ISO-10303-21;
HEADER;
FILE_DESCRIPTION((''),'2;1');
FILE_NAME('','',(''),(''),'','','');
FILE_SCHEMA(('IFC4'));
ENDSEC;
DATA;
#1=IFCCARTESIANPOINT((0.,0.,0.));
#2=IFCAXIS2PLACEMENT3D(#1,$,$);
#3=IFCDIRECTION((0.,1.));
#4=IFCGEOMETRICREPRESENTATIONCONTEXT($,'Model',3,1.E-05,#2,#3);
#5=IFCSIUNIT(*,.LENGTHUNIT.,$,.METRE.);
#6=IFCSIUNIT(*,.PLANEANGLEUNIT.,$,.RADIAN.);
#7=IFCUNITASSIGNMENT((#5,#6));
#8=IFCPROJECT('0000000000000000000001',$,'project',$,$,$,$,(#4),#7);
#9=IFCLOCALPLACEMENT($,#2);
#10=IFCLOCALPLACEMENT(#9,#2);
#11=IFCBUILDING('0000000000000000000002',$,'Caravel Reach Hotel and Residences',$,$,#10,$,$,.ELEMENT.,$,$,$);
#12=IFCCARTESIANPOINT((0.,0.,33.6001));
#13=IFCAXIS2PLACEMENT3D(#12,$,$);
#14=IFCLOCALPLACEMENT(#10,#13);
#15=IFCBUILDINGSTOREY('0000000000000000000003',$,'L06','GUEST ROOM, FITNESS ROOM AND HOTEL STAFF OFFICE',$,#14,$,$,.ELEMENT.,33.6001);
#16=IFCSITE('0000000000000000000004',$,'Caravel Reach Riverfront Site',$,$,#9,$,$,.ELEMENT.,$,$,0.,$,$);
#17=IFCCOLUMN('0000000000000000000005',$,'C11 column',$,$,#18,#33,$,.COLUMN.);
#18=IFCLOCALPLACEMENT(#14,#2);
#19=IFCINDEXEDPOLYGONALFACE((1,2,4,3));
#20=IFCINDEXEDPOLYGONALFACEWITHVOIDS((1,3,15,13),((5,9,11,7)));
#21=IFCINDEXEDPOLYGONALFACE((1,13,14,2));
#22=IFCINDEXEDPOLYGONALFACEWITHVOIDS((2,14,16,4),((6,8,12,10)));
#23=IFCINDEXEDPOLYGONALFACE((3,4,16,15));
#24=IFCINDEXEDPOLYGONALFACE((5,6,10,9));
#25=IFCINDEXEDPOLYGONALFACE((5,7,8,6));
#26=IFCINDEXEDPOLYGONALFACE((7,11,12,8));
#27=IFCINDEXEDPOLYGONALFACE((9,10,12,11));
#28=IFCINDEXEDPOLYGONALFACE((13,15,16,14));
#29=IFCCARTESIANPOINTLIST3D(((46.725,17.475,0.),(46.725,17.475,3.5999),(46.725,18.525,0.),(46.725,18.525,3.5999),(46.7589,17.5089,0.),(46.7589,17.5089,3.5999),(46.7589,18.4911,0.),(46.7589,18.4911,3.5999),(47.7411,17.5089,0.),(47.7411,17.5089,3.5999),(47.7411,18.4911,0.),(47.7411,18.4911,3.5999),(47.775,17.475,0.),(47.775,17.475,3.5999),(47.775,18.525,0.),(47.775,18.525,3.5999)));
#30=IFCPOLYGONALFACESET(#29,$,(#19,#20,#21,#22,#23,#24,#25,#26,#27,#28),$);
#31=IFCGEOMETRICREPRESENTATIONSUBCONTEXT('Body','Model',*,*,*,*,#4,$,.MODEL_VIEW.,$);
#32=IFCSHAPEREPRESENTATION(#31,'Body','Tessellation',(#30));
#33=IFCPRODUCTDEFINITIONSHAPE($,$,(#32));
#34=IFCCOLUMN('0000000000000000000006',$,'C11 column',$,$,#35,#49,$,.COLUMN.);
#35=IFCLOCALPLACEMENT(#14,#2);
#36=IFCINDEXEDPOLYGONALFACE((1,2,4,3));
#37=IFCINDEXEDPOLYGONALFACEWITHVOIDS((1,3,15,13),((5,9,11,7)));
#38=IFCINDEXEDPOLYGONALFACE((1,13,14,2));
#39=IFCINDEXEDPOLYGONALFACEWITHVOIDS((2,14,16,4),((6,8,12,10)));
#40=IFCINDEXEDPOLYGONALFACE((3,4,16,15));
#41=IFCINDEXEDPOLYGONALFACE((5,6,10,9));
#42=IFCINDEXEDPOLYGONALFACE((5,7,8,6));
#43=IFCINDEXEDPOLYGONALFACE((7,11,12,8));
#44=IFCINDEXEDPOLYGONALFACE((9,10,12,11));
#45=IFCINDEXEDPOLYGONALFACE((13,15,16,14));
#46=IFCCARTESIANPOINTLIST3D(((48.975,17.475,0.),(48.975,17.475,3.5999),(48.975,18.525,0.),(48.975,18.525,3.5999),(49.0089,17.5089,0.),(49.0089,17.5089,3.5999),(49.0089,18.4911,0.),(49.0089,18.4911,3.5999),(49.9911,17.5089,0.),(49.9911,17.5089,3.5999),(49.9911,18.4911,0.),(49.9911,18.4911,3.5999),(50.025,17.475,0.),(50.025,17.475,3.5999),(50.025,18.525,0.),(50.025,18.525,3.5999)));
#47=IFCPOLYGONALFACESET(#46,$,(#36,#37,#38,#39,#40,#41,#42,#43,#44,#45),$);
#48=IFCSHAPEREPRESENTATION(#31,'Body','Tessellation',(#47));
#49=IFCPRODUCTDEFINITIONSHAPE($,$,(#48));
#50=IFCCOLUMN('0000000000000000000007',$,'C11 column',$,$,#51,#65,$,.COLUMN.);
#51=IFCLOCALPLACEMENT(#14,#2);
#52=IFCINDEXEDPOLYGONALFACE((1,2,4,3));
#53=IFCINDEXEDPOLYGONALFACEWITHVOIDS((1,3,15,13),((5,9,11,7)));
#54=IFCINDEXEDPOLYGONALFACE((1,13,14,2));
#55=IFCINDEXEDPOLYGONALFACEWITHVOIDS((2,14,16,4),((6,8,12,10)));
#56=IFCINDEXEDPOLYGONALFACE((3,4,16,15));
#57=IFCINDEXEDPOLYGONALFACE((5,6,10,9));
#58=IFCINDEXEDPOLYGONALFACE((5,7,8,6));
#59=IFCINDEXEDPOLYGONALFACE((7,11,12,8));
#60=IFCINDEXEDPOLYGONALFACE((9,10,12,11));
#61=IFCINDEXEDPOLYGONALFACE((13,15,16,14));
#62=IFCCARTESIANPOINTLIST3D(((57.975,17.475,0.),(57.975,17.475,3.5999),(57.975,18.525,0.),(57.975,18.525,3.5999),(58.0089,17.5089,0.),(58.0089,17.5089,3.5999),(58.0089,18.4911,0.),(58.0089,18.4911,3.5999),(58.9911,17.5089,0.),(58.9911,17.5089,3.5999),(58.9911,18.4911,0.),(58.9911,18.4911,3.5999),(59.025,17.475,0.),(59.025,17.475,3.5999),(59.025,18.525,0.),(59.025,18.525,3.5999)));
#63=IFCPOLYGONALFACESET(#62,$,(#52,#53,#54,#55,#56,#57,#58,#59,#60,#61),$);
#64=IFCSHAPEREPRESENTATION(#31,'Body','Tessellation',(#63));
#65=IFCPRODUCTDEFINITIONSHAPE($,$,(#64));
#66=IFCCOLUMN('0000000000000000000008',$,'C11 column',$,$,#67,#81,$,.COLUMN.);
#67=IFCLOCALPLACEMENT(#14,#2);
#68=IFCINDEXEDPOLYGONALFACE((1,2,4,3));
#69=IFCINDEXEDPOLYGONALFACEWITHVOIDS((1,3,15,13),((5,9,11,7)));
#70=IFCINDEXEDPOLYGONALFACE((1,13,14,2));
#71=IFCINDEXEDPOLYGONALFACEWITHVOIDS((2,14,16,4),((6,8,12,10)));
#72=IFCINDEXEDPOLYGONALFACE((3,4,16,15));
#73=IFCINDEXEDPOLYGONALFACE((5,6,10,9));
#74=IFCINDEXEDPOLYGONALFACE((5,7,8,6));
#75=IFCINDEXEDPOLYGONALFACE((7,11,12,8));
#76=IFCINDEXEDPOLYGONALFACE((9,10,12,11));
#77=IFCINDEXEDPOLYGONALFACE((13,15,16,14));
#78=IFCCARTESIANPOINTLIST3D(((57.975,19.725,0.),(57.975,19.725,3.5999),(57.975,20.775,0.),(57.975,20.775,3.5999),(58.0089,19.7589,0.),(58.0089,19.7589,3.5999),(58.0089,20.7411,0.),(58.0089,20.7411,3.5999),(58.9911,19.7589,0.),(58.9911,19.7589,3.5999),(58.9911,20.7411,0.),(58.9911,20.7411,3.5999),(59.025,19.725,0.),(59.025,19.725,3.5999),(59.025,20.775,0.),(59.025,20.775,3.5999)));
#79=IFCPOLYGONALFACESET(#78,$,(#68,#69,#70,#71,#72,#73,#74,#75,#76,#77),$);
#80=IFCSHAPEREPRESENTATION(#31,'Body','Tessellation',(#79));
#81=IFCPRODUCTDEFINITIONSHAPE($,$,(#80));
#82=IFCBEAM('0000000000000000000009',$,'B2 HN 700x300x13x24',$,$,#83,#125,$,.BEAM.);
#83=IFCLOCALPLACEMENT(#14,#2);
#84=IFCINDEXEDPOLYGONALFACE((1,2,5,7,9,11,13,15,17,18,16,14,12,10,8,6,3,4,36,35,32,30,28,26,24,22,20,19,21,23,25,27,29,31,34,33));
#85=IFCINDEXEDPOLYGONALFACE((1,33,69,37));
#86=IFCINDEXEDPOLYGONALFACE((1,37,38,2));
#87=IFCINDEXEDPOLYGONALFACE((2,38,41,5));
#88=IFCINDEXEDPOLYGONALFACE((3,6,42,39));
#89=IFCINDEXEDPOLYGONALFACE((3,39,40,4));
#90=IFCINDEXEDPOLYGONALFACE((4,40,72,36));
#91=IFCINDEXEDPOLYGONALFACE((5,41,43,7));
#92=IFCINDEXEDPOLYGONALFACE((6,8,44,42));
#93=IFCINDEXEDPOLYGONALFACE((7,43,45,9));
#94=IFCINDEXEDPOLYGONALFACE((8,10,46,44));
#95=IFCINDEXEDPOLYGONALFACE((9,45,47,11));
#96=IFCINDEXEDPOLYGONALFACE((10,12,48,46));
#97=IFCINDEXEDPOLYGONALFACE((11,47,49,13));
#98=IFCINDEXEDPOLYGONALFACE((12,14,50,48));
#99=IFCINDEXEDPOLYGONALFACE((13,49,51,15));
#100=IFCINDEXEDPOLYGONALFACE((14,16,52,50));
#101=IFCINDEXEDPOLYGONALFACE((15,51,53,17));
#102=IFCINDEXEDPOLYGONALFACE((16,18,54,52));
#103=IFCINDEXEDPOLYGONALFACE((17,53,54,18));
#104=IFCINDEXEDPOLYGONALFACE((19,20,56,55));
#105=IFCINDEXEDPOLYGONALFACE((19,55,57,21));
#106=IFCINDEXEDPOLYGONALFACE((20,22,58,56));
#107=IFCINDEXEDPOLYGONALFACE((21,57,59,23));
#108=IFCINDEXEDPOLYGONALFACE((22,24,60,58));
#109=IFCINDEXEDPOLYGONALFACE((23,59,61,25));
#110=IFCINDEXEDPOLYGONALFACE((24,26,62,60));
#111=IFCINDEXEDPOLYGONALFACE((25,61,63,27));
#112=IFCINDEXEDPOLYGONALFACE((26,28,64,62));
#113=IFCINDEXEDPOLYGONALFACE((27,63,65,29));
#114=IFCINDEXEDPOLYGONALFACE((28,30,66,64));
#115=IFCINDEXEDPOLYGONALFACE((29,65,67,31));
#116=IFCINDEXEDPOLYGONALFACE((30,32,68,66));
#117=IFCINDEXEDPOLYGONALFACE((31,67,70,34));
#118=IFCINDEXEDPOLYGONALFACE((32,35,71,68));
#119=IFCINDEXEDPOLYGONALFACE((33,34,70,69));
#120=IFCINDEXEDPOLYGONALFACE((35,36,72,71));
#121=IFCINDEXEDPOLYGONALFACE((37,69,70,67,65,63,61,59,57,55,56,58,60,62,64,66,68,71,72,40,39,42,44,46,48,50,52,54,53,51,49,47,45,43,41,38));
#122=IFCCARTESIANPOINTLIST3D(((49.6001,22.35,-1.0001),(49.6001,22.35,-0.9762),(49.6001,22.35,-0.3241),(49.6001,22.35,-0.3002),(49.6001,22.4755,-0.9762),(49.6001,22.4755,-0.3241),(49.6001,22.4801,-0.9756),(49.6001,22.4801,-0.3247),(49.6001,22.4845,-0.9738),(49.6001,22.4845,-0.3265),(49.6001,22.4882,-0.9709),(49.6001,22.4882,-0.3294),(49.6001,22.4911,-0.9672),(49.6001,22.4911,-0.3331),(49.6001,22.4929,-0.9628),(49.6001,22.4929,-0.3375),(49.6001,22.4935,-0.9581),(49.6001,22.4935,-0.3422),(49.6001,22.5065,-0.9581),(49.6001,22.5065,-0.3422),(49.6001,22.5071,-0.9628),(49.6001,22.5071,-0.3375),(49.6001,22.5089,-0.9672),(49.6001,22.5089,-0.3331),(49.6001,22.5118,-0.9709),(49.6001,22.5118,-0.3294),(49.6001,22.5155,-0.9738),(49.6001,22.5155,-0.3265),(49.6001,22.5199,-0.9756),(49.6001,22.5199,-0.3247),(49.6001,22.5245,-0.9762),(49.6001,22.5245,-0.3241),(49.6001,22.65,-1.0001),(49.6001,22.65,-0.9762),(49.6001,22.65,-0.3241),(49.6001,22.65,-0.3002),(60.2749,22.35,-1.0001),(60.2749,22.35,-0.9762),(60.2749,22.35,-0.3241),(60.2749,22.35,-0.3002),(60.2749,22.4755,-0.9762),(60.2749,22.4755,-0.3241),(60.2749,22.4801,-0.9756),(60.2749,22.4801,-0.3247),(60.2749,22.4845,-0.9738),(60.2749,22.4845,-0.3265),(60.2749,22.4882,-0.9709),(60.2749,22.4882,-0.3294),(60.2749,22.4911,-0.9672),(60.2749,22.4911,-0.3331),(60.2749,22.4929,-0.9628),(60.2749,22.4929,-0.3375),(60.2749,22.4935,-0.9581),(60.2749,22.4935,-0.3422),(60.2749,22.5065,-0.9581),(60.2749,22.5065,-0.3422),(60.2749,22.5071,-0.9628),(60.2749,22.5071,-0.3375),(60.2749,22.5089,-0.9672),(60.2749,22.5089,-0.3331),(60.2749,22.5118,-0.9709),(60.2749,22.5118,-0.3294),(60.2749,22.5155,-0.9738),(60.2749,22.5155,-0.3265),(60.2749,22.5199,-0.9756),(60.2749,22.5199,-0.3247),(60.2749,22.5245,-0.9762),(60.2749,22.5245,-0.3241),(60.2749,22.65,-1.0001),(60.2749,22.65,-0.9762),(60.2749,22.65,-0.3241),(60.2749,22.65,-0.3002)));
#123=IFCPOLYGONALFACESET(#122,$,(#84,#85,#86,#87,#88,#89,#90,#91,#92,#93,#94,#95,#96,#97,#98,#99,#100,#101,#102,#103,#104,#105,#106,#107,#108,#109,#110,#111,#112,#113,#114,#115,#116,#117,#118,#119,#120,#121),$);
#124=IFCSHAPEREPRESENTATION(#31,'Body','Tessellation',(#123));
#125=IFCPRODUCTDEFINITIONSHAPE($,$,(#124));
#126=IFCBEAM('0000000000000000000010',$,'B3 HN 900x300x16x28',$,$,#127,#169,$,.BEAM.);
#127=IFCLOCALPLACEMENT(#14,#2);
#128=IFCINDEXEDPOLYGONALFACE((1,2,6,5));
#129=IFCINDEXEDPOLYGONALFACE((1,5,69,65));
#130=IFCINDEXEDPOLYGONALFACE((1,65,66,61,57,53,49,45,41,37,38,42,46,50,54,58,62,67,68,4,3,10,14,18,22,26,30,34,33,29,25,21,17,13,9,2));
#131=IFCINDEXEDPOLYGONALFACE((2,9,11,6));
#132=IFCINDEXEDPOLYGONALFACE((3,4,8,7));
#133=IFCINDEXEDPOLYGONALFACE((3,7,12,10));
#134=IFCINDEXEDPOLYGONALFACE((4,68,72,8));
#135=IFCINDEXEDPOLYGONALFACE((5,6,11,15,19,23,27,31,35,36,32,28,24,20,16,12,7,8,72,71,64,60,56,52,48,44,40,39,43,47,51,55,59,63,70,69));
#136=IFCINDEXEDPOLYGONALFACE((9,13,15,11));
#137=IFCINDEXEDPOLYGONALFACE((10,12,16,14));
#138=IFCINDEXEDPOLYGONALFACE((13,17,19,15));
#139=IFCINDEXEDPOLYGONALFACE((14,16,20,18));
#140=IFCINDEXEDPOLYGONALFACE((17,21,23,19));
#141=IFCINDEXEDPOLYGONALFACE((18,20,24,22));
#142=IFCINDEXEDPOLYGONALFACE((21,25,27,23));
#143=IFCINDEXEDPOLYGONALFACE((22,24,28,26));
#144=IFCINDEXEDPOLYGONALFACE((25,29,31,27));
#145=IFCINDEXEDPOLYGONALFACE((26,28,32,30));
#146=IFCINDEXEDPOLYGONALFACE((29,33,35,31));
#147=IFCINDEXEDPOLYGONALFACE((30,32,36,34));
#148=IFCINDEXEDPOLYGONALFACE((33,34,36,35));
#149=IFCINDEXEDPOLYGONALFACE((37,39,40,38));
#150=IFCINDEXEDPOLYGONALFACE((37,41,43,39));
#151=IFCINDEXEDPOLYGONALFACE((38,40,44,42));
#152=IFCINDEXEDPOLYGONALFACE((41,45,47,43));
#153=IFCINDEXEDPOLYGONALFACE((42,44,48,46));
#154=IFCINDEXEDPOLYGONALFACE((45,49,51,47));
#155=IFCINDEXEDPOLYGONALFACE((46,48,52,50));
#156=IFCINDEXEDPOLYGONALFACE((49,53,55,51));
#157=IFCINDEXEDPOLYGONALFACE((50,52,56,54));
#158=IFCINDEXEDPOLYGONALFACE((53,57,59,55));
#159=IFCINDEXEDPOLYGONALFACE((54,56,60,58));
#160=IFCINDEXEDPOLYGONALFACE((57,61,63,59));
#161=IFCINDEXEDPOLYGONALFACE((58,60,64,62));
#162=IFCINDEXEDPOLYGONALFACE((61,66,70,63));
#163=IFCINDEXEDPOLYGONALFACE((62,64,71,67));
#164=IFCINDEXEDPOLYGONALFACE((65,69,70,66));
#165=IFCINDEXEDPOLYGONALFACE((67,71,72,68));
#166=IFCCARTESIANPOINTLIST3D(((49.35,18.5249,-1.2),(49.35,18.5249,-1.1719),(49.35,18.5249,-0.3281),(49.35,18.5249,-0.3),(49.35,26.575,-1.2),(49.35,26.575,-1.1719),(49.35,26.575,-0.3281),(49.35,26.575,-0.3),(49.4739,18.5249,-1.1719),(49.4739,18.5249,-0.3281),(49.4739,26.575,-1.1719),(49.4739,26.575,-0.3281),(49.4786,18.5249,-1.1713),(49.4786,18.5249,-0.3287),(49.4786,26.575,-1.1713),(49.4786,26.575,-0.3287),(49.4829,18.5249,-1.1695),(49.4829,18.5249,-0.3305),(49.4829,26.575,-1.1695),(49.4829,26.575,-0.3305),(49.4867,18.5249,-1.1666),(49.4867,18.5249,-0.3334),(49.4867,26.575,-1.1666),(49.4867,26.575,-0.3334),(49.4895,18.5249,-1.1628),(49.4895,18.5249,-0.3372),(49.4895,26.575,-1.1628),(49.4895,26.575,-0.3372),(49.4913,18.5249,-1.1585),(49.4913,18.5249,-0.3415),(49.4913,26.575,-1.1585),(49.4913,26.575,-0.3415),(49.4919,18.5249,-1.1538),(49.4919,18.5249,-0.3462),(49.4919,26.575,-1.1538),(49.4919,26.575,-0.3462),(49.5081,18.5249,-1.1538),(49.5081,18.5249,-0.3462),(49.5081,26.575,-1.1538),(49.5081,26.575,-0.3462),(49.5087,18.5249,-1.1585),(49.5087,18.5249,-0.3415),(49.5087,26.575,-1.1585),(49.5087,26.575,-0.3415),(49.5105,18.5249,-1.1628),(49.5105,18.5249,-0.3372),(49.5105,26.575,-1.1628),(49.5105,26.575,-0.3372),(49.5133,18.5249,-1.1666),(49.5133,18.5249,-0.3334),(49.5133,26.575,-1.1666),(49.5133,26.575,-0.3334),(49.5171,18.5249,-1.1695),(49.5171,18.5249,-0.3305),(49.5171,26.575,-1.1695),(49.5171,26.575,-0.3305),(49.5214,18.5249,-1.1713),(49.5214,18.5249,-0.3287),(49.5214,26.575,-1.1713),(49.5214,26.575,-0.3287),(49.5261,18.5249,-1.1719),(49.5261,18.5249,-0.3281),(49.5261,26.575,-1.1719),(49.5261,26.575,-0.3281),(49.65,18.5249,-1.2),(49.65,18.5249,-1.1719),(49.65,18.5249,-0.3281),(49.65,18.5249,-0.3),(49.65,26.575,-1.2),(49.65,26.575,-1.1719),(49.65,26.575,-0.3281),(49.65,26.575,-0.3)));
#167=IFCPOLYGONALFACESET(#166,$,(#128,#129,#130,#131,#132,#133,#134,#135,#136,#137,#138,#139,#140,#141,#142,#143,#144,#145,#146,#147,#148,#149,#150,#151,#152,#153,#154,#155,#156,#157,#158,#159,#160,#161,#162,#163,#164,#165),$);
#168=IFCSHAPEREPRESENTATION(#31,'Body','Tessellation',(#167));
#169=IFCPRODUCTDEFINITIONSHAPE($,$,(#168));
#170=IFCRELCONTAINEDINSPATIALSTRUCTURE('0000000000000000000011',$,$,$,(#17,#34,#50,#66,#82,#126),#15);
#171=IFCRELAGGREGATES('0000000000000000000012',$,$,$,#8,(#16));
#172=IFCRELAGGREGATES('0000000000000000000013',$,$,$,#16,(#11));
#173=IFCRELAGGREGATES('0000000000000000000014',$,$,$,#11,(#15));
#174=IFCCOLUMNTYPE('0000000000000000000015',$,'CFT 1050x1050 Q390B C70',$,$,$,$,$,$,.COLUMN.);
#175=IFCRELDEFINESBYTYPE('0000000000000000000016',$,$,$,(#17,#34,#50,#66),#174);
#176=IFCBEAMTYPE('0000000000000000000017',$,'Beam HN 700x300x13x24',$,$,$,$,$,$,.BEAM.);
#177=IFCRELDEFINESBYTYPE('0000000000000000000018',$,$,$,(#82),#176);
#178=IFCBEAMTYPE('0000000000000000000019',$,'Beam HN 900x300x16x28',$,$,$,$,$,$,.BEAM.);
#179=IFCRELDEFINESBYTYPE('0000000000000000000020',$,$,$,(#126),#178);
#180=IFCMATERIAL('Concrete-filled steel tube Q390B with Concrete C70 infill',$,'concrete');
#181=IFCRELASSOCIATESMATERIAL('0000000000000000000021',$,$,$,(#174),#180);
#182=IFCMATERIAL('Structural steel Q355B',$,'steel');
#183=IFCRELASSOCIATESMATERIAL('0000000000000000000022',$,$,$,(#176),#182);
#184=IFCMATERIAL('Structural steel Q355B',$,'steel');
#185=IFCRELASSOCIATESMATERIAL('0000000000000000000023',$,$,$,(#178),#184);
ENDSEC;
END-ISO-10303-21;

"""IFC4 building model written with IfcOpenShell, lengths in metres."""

from ifc_helpers import new_model, si_unit, direction, frame, origin, origin_2d, place, context, subcontext, project, spatial, hollow_rectangle, i_section, extrude, material, material_profile, profile_set, type_object, element, save


model = new_model("IFC4")

# Units and contexts
model_context = context("Model", 3, precision=1e-05, world=origin(), true_north=direction((0.0, 1.0)))
body_context = subcontext(model_context, "Body", "Model", "MODEL_VIEW")
ifc_project = project(units=[si_unit("LENGTHUNIT", "METRE"), si_unit("PLANEANGLEUNIT", "RADIAN")], contexts=[model_context])

# Site, building, storey
site_placement = place(None, origin())
site = spatial("IfcSite", under=ifc_project, at=site_placement, Name="Caravel Reach Riverfront Site", CompositionType="ELEMENT", RefElevation=0.0)
building_placement = place(site_placement, origin())
building = spatial("IfcBuilding", under=site, at=building_placement, Name="Caravel Reach Hotel and Residences", CompositionType="ELEMENT")
storey_placement = place(building_placement, frame((0.0, 0.0, 33.6001)))
storey = spatial("IfcBuildingStorey", under=building, at=storey_placement, Name="L06", Description="GUEST ROOM, FITNESS ROOM AND HOTEL STAFF OFFICE", CompositionType="ELEMENT", Elevation=33.6001)

# Columns
ifc_material_1 = material(Name="Concrete-filled steel tube Q390B with Concrete C70 infill", Category="concrete")
ifc_material_profile_1 = material_profile(ifc_material_1, hollow_rectangle(XDim=1.05, YDim=1.05, WallThickness=0.0339, at=origin_2d()), Name="RHS 1050x1050x34")
ifc_profile_set_1 = profile_set([ifc_material_profile_1], Name="Concrete-filled steel tube Q390B with Concrete C70 infill")
column_type = type_object("IfcColumnType", Name="CFT 1050x1050 Q390B C70", PredefinedType="COLUMN", material=ifc_profile_set_1)
for number, where, z_axis, x_axis, name in (
    (1, (47.25, 18.0, 0.0), (0.0, 0.0, 1.0), (1.0, 0.0, 0.0), "C11 column"),
    (2, (49.5, 18.0, 0.0), (0.0, 0.0, 1.0), (1.0, 0.0, 0.0), "C11 column"),
    (3, (58.5, 18.0, 0.0), (0.0, 0.0, 1.0), (1.0, 0.0, 0.0), "C11 column"),
    (4, (58.5, 20.25, 0.0), (0.0, 0.0, 1.0), (1.0, 0.0, 0.0), "C11 column"),
):
    element("IfcColumn", number, at=place(storey_placement, frame(where, z_axis=z_axis, x_axis=x_axis)), inside=storey, type_object=column_type, Name=name, PredefinedType="COLUMN", context=body_context, shape_type="SweptSolid", body=[
        extrude(hollow_rectangle(XDim=1.05, YDim=1.05, WallThickness=0.0339, at=origin_2d()), origin(), (0.0, 0.0, 1.0), 3.5999),
    ])

# Beams
ifc_material_2 = material(Name="Structural steel Q355B", Category="steel")
ifc_material_profile_2 = material_profile(ifc_material_2, i_section(OverallWidth=0.3, OverallDepth=0.7, WebThickness=0.0129, FlangeThickness=0.0239, FilletRadius=0.0181, at=origin_2d()), Name="HN 700x300x13x24")
ifc_profile_set_2 = profile_set([ifc_material_profile_2], Name="Structural steel Q355B")
beam_type_1 = type_object("IfcBeamType", Name="Beam HN 700x300x13x24", PredefinedType="BEAM", material=ifc_profile_set_2)
beam_1_placement = place(storey_placement, frame((49.6001, 22.5, -0.6501), z_axis=(1.0, 0.0, 0.0), x_axis=(0.0, 1.0, 0.0)))
element("IfcBeam", 5, at=beam_1_placement, inside=storey, type_object=beam_type_1, Name="B2 HN 700x300x13x24", PredefinedType="BEAM", context=body_context, shape_type="SweptSolid", body=[
    extrude(i_section(OverallWidth=0.3, OverallDepth=0.7, WebThickness=0.0129, FlangeThickness=0.0239, FilletRadius=0.0181, at=origin_2d()), origin(), (0.0, 0.0, 1.0), 10.6748),
])
ifc_material_3 = material(Name="Structural steel Q355B", Category="steel")
ifc_material_profile_3 = material_profile(ifc_material_3, i_section(OverallWidth=0.3, OverallDepth=0.8999, WebThickness=0.0161, FlangeThickness=0.0281, FilletRadius=0.0181, at=origin_2d()), Name="HN 900x300x16x28")
ifc_profile_set_3 = profile_set([ifc_material_profile_3], Name="Structural steel Q355B")
beam_type_2 = type_object("IfcBeamType", Name="Beam HN 900x300x16x28", PredefinedType="BEAM", material=ifc_profile_set_3)
beam_2_placement = place(storey_placement, frame((49.5, 18.5249, -0.75), z_axis=(0.0, 1.0, 0.0), x_axis=(-1.0, 0.0, 0.0)))
element("IfcBeam", 6, at=beam_2_placement, inside=storey, type_object=beam_type_2, Name="B3 HN 900x300x16x28", PredefinedType="BEAM", context=body_context, shape_type="SweptSolid", body=[
    extrude(i_section(OverallWidth=0.3, OverallDepth=0.8999, WebThickness=0.0161, FlangeThickness=0.0281, FilletRadius=0.0181, at=origin_2d()), origin(), (0.0, 0.0, 1.0), 8.05),
])

save(model, "model.ifc")
